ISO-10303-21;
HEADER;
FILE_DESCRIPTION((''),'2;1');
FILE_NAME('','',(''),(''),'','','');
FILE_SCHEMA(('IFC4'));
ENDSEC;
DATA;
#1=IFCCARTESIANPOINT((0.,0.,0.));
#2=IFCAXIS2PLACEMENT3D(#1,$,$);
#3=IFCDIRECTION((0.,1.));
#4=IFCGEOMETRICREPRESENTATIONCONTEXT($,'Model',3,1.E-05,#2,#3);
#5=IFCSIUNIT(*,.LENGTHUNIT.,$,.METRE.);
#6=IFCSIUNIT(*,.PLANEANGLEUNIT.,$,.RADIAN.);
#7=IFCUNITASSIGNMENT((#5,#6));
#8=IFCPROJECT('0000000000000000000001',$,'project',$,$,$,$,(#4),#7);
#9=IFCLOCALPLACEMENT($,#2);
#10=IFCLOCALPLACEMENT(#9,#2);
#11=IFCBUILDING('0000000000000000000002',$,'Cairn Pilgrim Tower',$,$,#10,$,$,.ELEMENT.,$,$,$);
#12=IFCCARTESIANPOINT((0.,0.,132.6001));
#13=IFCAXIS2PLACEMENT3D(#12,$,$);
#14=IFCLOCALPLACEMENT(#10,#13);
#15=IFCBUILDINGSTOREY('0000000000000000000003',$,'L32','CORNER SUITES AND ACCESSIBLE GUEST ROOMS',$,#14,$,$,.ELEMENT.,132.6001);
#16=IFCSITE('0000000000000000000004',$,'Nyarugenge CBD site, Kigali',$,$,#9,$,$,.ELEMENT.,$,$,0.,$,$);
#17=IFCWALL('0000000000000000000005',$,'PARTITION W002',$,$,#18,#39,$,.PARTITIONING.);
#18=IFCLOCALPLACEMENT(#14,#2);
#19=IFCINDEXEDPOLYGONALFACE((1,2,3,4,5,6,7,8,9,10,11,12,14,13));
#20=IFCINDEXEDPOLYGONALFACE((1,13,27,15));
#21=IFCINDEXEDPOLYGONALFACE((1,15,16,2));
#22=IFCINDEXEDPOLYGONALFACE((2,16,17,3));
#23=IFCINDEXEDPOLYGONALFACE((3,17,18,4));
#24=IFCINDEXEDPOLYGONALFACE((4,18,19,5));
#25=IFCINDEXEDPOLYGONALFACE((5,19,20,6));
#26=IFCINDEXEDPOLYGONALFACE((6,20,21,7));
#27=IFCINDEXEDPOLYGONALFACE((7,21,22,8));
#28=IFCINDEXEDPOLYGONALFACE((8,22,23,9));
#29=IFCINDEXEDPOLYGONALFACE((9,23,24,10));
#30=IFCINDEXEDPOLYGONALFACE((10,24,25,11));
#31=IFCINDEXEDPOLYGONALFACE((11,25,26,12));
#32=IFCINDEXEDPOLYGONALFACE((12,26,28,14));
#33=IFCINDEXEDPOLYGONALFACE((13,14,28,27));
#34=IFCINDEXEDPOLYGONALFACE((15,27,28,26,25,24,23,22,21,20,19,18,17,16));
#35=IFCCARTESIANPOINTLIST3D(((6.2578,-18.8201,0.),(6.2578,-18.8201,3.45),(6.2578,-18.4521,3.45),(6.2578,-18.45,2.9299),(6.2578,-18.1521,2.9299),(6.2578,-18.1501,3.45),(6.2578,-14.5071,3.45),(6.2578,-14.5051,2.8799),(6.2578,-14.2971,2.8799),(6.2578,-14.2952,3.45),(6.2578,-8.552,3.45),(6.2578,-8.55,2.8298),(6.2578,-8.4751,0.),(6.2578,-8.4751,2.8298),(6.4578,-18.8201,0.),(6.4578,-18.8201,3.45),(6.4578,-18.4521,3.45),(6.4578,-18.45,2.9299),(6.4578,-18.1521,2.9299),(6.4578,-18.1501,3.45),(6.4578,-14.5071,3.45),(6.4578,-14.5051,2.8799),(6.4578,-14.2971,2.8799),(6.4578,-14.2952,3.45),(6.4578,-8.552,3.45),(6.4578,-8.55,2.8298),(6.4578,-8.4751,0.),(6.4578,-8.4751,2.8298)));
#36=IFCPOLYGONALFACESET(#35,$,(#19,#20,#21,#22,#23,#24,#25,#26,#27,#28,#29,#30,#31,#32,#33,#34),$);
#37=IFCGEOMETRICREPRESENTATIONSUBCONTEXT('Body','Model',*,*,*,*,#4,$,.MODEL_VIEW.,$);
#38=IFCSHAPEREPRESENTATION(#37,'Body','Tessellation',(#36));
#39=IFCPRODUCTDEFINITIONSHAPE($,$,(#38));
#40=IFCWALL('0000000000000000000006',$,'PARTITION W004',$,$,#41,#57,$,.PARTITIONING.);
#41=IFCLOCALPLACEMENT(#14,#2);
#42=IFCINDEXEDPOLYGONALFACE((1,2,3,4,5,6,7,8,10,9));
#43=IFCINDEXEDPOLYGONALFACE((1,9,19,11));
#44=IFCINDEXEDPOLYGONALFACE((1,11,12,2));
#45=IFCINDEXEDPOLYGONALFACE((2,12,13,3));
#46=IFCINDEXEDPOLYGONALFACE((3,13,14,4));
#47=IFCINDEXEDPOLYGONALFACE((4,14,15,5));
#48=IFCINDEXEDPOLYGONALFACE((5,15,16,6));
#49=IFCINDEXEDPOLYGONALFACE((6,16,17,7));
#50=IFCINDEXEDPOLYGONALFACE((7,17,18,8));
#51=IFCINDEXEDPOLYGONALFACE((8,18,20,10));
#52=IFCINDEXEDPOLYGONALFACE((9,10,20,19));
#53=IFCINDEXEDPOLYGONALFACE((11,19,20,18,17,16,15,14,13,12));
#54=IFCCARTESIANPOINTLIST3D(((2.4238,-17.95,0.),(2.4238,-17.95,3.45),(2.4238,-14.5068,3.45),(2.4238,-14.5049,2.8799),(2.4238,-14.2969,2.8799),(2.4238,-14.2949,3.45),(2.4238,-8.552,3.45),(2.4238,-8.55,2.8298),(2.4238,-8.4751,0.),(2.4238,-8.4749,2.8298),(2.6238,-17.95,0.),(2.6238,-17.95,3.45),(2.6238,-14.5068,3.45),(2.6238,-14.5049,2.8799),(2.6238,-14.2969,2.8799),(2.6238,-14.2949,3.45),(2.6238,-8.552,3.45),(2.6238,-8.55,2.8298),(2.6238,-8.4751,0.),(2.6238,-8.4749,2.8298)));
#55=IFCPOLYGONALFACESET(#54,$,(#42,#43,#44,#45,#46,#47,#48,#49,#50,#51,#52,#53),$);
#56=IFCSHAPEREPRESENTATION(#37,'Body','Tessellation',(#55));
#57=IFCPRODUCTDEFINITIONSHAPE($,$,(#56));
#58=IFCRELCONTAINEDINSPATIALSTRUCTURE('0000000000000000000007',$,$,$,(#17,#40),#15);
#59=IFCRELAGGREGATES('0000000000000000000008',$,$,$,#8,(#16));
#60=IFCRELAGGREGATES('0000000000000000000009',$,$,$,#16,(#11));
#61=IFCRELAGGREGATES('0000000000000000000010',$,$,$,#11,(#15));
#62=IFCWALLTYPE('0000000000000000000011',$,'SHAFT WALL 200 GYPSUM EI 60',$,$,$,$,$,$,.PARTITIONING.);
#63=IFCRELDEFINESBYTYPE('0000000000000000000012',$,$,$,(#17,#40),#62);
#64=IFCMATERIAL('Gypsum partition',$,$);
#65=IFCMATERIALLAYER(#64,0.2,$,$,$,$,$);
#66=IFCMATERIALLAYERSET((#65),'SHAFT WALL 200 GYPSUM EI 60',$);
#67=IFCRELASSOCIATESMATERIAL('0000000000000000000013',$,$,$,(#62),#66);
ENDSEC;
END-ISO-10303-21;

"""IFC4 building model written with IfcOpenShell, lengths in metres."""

from ifc_helpers import new_model, si_unit, direction, frame, origin, place, context, subcontext, project, spatial, polyline, outline, extrude, material, layer, layer_set, type_object, element, save


model = new_model("IFC4")

# Units and contexts
model_context = context("Model", 3, precision=1e-05, world=origin(), true_north=direction((0.0, 1.0)))
body_context = subcontext(model_context, "Body", "Model", "MODEL_VIEW")
ifc_project = project(units=[si_unit("LENGTHUNIT", "METRE"), si_unit("PLANEANGLEUNIT", "RADIAN")], contexts=[model_context])

# Site, building, storey
site_placement = place(None, origin())
site = spatial("IfcSite", under=ifc_project, at=site_placement, Name="Nyarugenge CBD site, Kigali", CompositionType="ELEMENT", RefElevation=0.0)
building_placement = place(site_placement, origin())
building = spatial("IfcBuilding", under=site, at=building_placement, Name="Cairn Pilgrim Tower", CompositionType="ELEMENT")
storey_placement = place(building_placement, frame((0.0, 0.0, 132.6001)))
storey = spatial("IfcBuildingStorey", under=building, at=storey_placement, Name="L32", Description="CORNER SUITES AND ACCESSIBLE GUEST ROOMS", CompositionType="ELEMENT", Elevation=132.6001)

# Shared definitions
ifc_material_1 = material(Name="Gypsum partition")

# Walls
ifc_layer_1 = layer(ifc_material_1, 0.2)
ifc_layer_set_1 = layer_set([ifc_layer_1], Name="SHAFT WALL 200 GYPSUM EI 60")
wall_type_1 = type_object("IfcWallType", Name="SHAFT WALL 200 GYPSUM EI 60", PredefinedType="PARTITIONING", material=ifc_layer_set_1)
wall_1_placement = place(storey_placement, frame((6.3579, -18.8201, 0.0), z_axis=(0.0, 0.0, 1.0), x_axis=(0.0, 1.0, 0.0)))
element("IfcWall", 1, at=wall_1_placement, inside=storey, type_object=wall_type_1, Name="PARTITION W002", PredefinedType="PARTITIONING", context=body_context, shape_type="SweptSolid", body=[
    extrude(outline(polyline([(0.0, 0.0), (10.345, 0.0), (10.345, 2.8298), (10.27, 2.8298), (10.2681, 3.45), (4.5249, 3.45), (4.5229, 2.8799), (4.3149, 2.8799), (4.313, 3.45), (0.6699, 3.45), (0.668, 2.9299), (0.3701, 2.9299), (0.3679, 3.45), (0.0, 3.45), (0.0, 0.0)])), frame((0.0, 0.1001, 0.0), z_axis=(0.0, -1.0, 0.0), x_axis=(1.0, 0.0, 0.0)), (0.0, 0.0, 1.0), 0.2),
])
wall_2_placement = place(storey_placement, frame((2.5239, -17.95, 0.0), z_axis=(0.0, 0.0, 1.0), x_axis=(0.0, 1.0, 0.0)))
element("IfcWall", 2, at=wall_2_placement, inside=storey, type_object=wall_type_1, Name="PARTITION W004", PredefinedType="PARTITIONING", context=body_context, shape_type="SweptSolid", body=[
    extrude(outline(polyline([(0.0, 0.0), (9.4749, 0.0), (9.4751, 2.8298), (9.3999, 2.8298), (9.3979, 3.45), (3.655, 3.45), (3.6531, 2.8799), (3.4451, 2.8799), (3.4431, 3.45), (0.0, 3.45), (0.0, 0.0)])), frame((0.0, 0.1001, 0.0), z_axis=(0.0, -1.0, 0.0), x_axis=(1.0, 0.0, 0.0)), (0.0, 0.0, 1.0), 0.2),
])

save(model, "model.ifc")
